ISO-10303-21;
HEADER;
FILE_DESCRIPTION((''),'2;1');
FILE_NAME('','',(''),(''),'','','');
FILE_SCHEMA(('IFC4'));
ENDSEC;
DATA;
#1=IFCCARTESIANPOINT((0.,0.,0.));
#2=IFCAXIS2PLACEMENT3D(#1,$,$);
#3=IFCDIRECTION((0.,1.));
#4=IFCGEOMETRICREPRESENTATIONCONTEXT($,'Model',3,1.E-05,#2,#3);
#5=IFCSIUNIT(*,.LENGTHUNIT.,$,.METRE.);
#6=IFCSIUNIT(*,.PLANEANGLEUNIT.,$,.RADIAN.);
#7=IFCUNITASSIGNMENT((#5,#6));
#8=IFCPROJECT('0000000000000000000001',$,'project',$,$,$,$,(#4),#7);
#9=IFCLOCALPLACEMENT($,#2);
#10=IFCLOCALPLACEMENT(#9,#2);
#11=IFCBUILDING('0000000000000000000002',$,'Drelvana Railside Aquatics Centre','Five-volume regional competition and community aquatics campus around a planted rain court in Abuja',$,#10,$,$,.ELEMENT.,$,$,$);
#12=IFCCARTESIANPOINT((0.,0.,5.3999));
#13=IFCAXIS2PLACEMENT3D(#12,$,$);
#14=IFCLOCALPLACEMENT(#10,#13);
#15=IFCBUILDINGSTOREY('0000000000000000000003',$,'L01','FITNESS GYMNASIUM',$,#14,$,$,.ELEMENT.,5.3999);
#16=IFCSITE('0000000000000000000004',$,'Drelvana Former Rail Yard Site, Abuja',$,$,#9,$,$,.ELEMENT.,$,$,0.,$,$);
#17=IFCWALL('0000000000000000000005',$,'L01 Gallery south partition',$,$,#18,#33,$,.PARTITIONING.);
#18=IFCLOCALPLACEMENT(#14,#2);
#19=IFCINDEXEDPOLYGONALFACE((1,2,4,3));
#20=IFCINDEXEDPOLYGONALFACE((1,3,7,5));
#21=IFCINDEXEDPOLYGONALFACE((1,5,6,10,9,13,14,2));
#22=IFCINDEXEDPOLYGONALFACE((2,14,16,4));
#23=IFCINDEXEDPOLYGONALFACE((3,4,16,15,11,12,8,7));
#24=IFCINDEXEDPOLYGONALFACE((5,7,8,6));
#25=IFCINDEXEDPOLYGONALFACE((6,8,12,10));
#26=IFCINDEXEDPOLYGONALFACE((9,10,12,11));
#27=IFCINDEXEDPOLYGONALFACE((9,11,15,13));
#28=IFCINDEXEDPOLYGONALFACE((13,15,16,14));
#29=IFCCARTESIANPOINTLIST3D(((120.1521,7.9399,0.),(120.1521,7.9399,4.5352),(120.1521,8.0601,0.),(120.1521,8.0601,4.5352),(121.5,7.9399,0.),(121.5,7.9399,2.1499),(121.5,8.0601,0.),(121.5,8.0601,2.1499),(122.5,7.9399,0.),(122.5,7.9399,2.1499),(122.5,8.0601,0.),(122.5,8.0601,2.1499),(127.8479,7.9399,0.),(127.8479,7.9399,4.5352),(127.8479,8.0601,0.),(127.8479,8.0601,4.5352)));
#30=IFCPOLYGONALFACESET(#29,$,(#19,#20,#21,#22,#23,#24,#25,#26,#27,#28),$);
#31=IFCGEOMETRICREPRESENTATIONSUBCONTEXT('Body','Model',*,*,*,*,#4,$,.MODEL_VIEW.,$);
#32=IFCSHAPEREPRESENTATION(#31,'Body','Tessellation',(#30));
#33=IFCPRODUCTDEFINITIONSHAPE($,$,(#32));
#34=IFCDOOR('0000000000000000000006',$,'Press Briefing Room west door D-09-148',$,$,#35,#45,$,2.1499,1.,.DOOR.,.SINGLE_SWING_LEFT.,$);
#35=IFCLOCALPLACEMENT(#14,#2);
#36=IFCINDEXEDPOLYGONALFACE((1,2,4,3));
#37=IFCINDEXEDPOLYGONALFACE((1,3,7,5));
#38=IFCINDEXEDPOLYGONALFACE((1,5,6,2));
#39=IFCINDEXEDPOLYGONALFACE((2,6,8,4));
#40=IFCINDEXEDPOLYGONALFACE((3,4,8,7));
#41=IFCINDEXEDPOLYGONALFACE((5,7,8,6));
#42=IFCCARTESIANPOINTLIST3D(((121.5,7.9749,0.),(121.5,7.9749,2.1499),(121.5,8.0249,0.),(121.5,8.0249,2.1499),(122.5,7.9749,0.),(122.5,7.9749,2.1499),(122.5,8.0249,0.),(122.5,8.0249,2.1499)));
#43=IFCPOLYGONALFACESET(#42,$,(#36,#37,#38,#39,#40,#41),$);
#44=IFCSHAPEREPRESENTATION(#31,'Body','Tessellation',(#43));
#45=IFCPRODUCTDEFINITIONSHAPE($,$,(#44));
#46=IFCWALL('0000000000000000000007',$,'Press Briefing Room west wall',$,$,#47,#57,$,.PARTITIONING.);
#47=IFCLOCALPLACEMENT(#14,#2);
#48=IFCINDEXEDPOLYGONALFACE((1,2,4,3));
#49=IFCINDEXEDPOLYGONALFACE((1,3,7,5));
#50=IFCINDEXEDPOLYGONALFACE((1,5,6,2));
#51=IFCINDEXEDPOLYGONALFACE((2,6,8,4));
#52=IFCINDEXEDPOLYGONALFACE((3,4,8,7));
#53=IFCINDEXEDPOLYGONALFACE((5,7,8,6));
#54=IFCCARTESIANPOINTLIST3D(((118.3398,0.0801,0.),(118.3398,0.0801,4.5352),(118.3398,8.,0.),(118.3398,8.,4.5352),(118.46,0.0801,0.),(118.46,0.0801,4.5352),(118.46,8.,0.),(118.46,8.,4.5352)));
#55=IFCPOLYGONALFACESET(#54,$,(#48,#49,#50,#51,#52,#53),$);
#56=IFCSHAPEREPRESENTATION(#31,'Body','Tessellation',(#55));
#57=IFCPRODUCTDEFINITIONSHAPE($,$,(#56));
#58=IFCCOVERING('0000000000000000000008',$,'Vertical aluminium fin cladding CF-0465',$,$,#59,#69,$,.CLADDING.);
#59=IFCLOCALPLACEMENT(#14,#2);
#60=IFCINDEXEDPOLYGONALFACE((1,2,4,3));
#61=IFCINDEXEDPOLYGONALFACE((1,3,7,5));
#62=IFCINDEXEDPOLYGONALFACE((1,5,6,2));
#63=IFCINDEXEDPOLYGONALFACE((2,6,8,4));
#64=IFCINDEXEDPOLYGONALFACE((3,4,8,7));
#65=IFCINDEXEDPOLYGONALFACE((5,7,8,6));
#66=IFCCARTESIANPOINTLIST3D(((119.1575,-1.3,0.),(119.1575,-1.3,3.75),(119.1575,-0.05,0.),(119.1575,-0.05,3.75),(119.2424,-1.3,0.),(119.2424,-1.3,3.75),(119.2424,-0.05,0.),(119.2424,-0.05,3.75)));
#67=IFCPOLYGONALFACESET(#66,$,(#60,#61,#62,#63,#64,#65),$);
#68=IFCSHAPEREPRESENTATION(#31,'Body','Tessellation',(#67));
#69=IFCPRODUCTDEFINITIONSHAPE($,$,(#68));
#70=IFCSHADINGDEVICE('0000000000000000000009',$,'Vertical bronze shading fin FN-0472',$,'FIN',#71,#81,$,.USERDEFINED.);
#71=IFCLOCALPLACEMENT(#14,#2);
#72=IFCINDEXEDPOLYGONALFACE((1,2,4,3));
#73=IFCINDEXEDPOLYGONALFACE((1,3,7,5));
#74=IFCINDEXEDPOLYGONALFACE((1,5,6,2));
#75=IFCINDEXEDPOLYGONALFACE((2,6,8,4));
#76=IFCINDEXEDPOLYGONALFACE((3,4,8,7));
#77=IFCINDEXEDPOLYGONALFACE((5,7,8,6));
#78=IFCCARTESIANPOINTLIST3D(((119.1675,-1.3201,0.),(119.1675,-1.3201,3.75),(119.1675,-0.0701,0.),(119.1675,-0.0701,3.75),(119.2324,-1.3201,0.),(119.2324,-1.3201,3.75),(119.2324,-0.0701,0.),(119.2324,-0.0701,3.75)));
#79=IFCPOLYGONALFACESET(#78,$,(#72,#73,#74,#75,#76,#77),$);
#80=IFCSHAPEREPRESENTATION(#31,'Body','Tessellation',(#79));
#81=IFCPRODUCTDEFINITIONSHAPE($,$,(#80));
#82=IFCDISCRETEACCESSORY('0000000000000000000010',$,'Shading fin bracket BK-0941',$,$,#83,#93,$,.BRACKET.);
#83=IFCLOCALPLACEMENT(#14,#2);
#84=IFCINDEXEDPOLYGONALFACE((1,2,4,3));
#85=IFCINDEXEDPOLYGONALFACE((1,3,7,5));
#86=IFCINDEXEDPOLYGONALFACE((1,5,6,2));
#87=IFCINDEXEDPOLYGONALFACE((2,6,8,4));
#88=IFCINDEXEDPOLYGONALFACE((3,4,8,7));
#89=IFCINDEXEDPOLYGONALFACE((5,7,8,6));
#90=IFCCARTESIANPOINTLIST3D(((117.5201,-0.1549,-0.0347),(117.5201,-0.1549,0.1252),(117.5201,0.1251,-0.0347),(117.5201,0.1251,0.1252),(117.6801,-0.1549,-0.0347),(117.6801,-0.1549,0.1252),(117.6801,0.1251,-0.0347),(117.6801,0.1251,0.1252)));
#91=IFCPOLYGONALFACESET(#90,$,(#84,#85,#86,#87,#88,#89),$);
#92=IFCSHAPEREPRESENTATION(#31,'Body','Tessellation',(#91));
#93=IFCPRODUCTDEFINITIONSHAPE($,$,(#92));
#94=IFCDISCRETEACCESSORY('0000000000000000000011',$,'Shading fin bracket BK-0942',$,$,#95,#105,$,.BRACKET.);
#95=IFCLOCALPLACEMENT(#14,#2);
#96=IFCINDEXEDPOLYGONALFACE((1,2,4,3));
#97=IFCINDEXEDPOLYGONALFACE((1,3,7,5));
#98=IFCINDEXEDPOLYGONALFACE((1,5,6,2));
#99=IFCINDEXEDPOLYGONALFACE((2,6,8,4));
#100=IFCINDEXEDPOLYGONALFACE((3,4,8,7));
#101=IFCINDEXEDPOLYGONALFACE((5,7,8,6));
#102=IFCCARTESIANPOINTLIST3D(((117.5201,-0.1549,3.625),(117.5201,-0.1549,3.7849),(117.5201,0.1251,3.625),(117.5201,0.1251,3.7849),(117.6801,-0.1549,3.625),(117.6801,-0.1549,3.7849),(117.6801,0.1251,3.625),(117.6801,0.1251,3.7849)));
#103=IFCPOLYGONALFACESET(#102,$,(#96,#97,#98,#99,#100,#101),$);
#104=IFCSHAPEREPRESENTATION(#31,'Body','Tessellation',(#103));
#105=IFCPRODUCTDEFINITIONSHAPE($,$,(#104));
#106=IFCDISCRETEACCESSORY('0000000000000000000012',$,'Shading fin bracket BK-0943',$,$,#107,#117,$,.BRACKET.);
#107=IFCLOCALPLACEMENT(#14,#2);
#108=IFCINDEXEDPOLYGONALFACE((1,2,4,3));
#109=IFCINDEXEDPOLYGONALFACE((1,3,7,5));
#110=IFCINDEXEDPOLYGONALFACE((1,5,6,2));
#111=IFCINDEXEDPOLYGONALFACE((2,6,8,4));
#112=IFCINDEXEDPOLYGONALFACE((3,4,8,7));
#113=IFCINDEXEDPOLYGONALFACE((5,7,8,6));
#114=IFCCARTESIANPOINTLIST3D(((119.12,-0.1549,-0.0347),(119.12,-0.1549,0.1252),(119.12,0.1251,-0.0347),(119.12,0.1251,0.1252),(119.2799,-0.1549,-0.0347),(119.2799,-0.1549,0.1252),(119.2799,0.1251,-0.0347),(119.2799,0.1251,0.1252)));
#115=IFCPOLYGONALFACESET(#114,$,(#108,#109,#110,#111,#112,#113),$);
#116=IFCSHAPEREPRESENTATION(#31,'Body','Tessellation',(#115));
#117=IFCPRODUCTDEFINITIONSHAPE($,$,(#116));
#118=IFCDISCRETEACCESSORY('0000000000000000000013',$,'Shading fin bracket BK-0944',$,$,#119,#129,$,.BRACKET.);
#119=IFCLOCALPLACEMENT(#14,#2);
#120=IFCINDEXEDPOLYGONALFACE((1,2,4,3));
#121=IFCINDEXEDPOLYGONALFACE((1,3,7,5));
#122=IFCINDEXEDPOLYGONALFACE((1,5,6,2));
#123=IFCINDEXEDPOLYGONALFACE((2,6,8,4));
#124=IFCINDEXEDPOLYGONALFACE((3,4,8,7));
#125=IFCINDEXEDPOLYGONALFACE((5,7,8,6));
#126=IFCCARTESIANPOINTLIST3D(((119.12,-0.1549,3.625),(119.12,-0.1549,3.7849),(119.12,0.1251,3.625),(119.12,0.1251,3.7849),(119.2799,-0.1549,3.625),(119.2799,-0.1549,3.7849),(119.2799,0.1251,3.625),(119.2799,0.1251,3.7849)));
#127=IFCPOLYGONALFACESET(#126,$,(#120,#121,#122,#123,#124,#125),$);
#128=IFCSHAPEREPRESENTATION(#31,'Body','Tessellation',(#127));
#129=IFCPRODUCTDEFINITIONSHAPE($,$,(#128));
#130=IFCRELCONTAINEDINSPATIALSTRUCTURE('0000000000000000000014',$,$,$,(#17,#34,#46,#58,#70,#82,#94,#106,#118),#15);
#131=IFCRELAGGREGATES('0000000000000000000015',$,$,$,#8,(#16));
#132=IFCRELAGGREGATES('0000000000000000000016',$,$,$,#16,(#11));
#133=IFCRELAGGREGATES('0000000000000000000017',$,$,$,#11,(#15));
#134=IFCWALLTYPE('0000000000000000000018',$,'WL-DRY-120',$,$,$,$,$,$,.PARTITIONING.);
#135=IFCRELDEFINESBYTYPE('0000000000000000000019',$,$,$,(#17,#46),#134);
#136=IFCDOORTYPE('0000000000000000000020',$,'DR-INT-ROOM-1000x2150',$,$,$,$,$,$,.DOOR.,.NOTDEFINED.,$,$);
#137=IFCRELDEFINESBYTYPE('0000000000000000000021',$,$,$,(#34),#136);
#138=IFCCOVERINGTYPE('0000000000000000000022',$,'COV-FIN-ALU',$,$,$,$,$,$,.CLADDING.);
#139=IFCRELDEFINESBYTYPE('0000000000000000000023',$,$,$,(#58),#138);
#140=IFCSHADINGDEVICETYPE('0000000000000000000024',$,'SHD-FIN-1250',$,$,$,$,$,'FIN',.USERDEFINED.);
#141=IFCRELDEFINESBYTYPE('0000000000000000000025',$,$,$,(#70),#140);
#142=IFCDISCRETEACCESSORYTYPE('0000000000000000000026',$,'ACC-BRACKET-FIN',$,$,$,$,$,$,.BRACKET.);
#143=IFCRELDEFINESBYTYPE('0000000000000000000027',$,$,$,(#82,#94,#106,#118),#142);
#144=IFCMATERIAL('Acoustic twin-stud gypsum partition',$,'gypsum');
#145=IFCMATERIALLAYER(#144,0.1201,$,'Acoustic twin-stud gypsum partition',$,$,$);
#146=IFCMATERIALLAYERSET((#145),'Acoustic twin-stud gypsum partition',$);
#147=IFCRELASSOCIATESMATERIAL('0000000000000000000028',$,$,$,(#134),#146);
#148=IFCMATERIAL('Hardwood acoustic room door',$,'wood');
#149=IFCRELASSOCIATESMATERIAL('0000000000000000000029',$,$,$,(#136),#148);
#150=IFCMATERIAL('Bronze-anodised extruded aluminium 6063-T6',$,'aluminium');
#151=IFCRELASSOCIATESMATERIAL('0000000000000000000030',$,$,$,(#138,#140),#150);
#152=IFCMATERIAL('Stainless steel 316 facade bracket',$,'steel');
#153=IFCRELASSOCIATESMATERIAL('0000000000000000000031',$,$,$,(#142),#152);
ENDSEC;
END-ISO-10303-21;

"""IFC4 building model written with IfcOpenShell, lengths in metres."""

from ifc_helpers import new_model, si_unit, direction, frame, frame_2d, origin, origin_2d, place, context, subcontext, project, spatial, rectangle, extrude, material, layer, layer_set, type_object, element, fill, save


model = new_model("IFC4")

# Units and contexts
model_context = context("Model", 3, precision=1e-05, world=origin(), true_north=direction((0.0, 1.0)))
body_context = subcontext(model_context, "Body", "Model", "MODEL_VIEW")
ifc_project = project(units=[si_unit("LENGTHUNIT", "METRE"), si_unit("PLANEANGLEUNIT", "RADIAN")], contexts=[model_context])

# Site, building, storey
site_placement = place(None, origin())
site = spatial("IfcSite", under=ifc_project, at=site_placement, Name="Drelvana Former Rail Yard Site, Abuja", CompositionType="ELEMENT", RefElevation=0.0)
building_placement = place(site_placement, origin())
building = spatial("IfcBuilding", under=site, at=building_placement, Name="Drelvana Railside Aquatics Centre", Description="Five-volume regional competition and community aquatics campus around a planted rain court in Abuja", CompositionType="ELEMENT")
storey_placement = place(building_placement, frame((0.0, 0.0, 5.3999)))
storey = spatial("IfcBuildingStorey", under=building, at=storey_placement, Name="L01", Description="FITNESS GYMNASIUM", CompositionType="ELEMENT", Elevation=5.3999)

# Shared definitions
ifc_material_1 = material(Name="Acoustic twin-stud gypsum partition", Category="gypsum")
ifc_layer_1 = layer(ifc_material_1, 0.1201, Name="Acoustic twin-stud gypsum partition")
ifc_layer_set_1 = layer_set([ifc_layer_1], Name="Acoustic twin-stud gypsum partition")
wall_type = type_object("IfcWallType", Name="WL-DRY-120", PredefinedType="PARTITIONING", material=ifc_layer_set_1)

# Wall, opening, door
wall_1_placement = place(storey_placement, frame((120.1521, 8.0, 0.0), z_axis=(0.0, 0.0, 1.0), x_axis=(1.0, 0.0, 0.0)))
wall_1 = element("IfcWall", 1, at=wall_1_placement, inside=storey, type_object=wall_type, Name="L01 Gallery south partition", PredefinedType="PARTITIONING", context=body_context, shape_type="SweptSolid", body=[
    extrude(rectangle(XDim=7.6958, YDim=0.1201, at=frame_2d((3.8479, 0.0))), origin(), (0.0, 0.0, 1.0), 4.5352),
])
opening_placement = place(wall_1_placement, frame((1.3479, 0.0, 0.0)))
opening = element("IfcOpeningElement", 2, at=opening_placement, cuts=wall_1, PredefinedType="OPENING", context=body_context, shape_type="SweptSolid", body=[
    extrude(rectangle(XDim=1.0, YDim=2.1499, at=frame_2d((0.5, 1.075))), frame((0.0, 0.0701, 0.0), z_axis=(0.0, -1.0, 0.0), x_axis=(1.0, 0.0, 0.0)), (0.0, 0.0, 1.0), 0.1401),
])
ifc_material_2 = material(Name="Hardwood acoustic room door", Category="wood")
door_type = type_object("IfcDoorType", Name="DR-INT-ROOM-1000x2150", OperationType="NOTDEFINED", PredefinedType="DOOR", material=ifc_material_2)
door_placement = place(opening_placement, origin())
door = element("IfcDoor", 3, at=door_placement, inside=storey, type_object=door_type, Name="Press Briefing Room west door D-09-148", OperationType="SINGLE_SWING_LEFT", OverallHeight=2.1499, OverallWidth=1.0, PredefinedType="DOOR", context=body_context, shape_type="SweptSolid", body=[
    extrude(rectangle(XDim=1.0, YDim=2.1499, at=frame_2d((0.5, 1.075))), frame((0.0, 0.0249, 0.0), z_axis=(0.0, -1.0, 0.0), x_axis=(1.0, 0.0, 0.0)), (0.0, 0.0, 1.0), 0.05),
])
fill(opening, door)

# Wall
wall_2_placement = place(storey_placement, frame((118.3999, 0.0801, 0.0), z_axis=(0.0, 0.0, 1.0), x_axis=(0.0, 1.0, 0.0)))
element("IfcWall", 4, at=wall_2_placement, inside=storey, type_object=wall_type, Name="Press Briefing Room west wall", PredefinedType="PARTITIONING", context=body_context, shape_type="SweptSolid", body=[
    extrude(rectangle(XDim=7.9199, YDim=0.1201, at=frame_2d((3.96, 0.0))), origin(), (0.0, 0.0, 1.0), 4.5352),
])

# Covering
ifc_material_3 = material(Name="Bronze-anodised extruded aluminium 6063-T6", Category="aluminium")
covering_type = type_object("IfcCoveringType", Name="COV-FIN-ALU", PredefinedType="CLADDING", material=ifc_material_3)
covering_placement = place(storey_placement, frame((119.2, -0.675, 0.0), z_axis=(0.0, 0.0, 1.0), x_axis=(-1.0, 0.0, 0.0)))
element("IfcCovering", 5, at=covering_placement, inside=storey, type_object=covering_type, Name="Vertical aluminium fin cladding CF-0465", PredefinedType="CLADDING", context=body_context, shape_type="SweptSolid", body=[
    extrude(rectangle(XDim=0.085, YDim=1.25, at=origin_2d()), origin(), (0.0, 0.0, 1.0), 3.75),
])

# Shading device
shading_device_type = type_object("IfcShadingDeviceType", Name="SHD-FIN-1250", ElementType="FIN", PredefinedType="USERDEFINED", material=ifc_material_3)
shading_device_placement = place(storey_placement, frame((119.2, -0.6951, 0.0), z_axis=(0.0, 0.0, 1.0), x_axis=(0.0, -1.0, 0.0)))
element("IfcShadingDevice", 6, at=shading_device_placement, inside=storey, type_object=shading_device_type, Name="Vertical bronze shading fin FN-0472", ObjectType="FIN", PredefinedType="USERDEFINED", context=body_context, shape_type="SweptSolid", body=[
    extrude(rectangle(XDim=1.25, YDim=0.0649, at=origin_2d()), origin(), (0.0, 0.0, 1.0), 3.75),
])

# Discrete accessories
ifc_material_4 = material(Name="Stainless steel 316 facade bracket", Category="steel")
discrete_accessory_type = type_object("IfcDiscreteAccessoryType", Name="ACC-BRACKET-FIN", PredefinedType="BRACKET", material=ifc_material_4)
for number, where, z_axis, x_axis, name in (
    (7, (117.6001, -0.0149, -0.0347), (0.0, 0.0, 1.0), (0.0, -1.0, 0.0), "Shading fin bracket BK-0941"),
    (8, (117.6001, -0.0149, 3.625), (0.0, 0.0, 1.0), (0.0, -1.0, 0.0), "Shading fin bracket BK-0942"),
    (9, (119.2, -0.0149, -0.0347), (0.0, 0.0, 1.0), (0.0, -1.0, 0.0), "Shading fin bracket BK-0943"),
    (10, (119.2, -0.0149, 3.625), (0.0, 0.0, 1.0), (0.0, -1.0, 0.0), "Shading fin bracket BK-0944"),
):
    element("IfcDiscreteAccessory", number, at=place(storey_placement, frame(where, z_axis=z_axis, x_axis=x_axis)), inside=storey, type_object=discrete_accessory_type, Name=name, PredefinedType="BRACKET", context=body_context, shape_type="SweptSolid", body=[
        extrude(rectangle(XDim=0.28, YDim=0.1599, at=origin_2d()), origin(), (0.0, 0.0, 1.0), 0.1599),
    ])

save(model, "model.ifc")
